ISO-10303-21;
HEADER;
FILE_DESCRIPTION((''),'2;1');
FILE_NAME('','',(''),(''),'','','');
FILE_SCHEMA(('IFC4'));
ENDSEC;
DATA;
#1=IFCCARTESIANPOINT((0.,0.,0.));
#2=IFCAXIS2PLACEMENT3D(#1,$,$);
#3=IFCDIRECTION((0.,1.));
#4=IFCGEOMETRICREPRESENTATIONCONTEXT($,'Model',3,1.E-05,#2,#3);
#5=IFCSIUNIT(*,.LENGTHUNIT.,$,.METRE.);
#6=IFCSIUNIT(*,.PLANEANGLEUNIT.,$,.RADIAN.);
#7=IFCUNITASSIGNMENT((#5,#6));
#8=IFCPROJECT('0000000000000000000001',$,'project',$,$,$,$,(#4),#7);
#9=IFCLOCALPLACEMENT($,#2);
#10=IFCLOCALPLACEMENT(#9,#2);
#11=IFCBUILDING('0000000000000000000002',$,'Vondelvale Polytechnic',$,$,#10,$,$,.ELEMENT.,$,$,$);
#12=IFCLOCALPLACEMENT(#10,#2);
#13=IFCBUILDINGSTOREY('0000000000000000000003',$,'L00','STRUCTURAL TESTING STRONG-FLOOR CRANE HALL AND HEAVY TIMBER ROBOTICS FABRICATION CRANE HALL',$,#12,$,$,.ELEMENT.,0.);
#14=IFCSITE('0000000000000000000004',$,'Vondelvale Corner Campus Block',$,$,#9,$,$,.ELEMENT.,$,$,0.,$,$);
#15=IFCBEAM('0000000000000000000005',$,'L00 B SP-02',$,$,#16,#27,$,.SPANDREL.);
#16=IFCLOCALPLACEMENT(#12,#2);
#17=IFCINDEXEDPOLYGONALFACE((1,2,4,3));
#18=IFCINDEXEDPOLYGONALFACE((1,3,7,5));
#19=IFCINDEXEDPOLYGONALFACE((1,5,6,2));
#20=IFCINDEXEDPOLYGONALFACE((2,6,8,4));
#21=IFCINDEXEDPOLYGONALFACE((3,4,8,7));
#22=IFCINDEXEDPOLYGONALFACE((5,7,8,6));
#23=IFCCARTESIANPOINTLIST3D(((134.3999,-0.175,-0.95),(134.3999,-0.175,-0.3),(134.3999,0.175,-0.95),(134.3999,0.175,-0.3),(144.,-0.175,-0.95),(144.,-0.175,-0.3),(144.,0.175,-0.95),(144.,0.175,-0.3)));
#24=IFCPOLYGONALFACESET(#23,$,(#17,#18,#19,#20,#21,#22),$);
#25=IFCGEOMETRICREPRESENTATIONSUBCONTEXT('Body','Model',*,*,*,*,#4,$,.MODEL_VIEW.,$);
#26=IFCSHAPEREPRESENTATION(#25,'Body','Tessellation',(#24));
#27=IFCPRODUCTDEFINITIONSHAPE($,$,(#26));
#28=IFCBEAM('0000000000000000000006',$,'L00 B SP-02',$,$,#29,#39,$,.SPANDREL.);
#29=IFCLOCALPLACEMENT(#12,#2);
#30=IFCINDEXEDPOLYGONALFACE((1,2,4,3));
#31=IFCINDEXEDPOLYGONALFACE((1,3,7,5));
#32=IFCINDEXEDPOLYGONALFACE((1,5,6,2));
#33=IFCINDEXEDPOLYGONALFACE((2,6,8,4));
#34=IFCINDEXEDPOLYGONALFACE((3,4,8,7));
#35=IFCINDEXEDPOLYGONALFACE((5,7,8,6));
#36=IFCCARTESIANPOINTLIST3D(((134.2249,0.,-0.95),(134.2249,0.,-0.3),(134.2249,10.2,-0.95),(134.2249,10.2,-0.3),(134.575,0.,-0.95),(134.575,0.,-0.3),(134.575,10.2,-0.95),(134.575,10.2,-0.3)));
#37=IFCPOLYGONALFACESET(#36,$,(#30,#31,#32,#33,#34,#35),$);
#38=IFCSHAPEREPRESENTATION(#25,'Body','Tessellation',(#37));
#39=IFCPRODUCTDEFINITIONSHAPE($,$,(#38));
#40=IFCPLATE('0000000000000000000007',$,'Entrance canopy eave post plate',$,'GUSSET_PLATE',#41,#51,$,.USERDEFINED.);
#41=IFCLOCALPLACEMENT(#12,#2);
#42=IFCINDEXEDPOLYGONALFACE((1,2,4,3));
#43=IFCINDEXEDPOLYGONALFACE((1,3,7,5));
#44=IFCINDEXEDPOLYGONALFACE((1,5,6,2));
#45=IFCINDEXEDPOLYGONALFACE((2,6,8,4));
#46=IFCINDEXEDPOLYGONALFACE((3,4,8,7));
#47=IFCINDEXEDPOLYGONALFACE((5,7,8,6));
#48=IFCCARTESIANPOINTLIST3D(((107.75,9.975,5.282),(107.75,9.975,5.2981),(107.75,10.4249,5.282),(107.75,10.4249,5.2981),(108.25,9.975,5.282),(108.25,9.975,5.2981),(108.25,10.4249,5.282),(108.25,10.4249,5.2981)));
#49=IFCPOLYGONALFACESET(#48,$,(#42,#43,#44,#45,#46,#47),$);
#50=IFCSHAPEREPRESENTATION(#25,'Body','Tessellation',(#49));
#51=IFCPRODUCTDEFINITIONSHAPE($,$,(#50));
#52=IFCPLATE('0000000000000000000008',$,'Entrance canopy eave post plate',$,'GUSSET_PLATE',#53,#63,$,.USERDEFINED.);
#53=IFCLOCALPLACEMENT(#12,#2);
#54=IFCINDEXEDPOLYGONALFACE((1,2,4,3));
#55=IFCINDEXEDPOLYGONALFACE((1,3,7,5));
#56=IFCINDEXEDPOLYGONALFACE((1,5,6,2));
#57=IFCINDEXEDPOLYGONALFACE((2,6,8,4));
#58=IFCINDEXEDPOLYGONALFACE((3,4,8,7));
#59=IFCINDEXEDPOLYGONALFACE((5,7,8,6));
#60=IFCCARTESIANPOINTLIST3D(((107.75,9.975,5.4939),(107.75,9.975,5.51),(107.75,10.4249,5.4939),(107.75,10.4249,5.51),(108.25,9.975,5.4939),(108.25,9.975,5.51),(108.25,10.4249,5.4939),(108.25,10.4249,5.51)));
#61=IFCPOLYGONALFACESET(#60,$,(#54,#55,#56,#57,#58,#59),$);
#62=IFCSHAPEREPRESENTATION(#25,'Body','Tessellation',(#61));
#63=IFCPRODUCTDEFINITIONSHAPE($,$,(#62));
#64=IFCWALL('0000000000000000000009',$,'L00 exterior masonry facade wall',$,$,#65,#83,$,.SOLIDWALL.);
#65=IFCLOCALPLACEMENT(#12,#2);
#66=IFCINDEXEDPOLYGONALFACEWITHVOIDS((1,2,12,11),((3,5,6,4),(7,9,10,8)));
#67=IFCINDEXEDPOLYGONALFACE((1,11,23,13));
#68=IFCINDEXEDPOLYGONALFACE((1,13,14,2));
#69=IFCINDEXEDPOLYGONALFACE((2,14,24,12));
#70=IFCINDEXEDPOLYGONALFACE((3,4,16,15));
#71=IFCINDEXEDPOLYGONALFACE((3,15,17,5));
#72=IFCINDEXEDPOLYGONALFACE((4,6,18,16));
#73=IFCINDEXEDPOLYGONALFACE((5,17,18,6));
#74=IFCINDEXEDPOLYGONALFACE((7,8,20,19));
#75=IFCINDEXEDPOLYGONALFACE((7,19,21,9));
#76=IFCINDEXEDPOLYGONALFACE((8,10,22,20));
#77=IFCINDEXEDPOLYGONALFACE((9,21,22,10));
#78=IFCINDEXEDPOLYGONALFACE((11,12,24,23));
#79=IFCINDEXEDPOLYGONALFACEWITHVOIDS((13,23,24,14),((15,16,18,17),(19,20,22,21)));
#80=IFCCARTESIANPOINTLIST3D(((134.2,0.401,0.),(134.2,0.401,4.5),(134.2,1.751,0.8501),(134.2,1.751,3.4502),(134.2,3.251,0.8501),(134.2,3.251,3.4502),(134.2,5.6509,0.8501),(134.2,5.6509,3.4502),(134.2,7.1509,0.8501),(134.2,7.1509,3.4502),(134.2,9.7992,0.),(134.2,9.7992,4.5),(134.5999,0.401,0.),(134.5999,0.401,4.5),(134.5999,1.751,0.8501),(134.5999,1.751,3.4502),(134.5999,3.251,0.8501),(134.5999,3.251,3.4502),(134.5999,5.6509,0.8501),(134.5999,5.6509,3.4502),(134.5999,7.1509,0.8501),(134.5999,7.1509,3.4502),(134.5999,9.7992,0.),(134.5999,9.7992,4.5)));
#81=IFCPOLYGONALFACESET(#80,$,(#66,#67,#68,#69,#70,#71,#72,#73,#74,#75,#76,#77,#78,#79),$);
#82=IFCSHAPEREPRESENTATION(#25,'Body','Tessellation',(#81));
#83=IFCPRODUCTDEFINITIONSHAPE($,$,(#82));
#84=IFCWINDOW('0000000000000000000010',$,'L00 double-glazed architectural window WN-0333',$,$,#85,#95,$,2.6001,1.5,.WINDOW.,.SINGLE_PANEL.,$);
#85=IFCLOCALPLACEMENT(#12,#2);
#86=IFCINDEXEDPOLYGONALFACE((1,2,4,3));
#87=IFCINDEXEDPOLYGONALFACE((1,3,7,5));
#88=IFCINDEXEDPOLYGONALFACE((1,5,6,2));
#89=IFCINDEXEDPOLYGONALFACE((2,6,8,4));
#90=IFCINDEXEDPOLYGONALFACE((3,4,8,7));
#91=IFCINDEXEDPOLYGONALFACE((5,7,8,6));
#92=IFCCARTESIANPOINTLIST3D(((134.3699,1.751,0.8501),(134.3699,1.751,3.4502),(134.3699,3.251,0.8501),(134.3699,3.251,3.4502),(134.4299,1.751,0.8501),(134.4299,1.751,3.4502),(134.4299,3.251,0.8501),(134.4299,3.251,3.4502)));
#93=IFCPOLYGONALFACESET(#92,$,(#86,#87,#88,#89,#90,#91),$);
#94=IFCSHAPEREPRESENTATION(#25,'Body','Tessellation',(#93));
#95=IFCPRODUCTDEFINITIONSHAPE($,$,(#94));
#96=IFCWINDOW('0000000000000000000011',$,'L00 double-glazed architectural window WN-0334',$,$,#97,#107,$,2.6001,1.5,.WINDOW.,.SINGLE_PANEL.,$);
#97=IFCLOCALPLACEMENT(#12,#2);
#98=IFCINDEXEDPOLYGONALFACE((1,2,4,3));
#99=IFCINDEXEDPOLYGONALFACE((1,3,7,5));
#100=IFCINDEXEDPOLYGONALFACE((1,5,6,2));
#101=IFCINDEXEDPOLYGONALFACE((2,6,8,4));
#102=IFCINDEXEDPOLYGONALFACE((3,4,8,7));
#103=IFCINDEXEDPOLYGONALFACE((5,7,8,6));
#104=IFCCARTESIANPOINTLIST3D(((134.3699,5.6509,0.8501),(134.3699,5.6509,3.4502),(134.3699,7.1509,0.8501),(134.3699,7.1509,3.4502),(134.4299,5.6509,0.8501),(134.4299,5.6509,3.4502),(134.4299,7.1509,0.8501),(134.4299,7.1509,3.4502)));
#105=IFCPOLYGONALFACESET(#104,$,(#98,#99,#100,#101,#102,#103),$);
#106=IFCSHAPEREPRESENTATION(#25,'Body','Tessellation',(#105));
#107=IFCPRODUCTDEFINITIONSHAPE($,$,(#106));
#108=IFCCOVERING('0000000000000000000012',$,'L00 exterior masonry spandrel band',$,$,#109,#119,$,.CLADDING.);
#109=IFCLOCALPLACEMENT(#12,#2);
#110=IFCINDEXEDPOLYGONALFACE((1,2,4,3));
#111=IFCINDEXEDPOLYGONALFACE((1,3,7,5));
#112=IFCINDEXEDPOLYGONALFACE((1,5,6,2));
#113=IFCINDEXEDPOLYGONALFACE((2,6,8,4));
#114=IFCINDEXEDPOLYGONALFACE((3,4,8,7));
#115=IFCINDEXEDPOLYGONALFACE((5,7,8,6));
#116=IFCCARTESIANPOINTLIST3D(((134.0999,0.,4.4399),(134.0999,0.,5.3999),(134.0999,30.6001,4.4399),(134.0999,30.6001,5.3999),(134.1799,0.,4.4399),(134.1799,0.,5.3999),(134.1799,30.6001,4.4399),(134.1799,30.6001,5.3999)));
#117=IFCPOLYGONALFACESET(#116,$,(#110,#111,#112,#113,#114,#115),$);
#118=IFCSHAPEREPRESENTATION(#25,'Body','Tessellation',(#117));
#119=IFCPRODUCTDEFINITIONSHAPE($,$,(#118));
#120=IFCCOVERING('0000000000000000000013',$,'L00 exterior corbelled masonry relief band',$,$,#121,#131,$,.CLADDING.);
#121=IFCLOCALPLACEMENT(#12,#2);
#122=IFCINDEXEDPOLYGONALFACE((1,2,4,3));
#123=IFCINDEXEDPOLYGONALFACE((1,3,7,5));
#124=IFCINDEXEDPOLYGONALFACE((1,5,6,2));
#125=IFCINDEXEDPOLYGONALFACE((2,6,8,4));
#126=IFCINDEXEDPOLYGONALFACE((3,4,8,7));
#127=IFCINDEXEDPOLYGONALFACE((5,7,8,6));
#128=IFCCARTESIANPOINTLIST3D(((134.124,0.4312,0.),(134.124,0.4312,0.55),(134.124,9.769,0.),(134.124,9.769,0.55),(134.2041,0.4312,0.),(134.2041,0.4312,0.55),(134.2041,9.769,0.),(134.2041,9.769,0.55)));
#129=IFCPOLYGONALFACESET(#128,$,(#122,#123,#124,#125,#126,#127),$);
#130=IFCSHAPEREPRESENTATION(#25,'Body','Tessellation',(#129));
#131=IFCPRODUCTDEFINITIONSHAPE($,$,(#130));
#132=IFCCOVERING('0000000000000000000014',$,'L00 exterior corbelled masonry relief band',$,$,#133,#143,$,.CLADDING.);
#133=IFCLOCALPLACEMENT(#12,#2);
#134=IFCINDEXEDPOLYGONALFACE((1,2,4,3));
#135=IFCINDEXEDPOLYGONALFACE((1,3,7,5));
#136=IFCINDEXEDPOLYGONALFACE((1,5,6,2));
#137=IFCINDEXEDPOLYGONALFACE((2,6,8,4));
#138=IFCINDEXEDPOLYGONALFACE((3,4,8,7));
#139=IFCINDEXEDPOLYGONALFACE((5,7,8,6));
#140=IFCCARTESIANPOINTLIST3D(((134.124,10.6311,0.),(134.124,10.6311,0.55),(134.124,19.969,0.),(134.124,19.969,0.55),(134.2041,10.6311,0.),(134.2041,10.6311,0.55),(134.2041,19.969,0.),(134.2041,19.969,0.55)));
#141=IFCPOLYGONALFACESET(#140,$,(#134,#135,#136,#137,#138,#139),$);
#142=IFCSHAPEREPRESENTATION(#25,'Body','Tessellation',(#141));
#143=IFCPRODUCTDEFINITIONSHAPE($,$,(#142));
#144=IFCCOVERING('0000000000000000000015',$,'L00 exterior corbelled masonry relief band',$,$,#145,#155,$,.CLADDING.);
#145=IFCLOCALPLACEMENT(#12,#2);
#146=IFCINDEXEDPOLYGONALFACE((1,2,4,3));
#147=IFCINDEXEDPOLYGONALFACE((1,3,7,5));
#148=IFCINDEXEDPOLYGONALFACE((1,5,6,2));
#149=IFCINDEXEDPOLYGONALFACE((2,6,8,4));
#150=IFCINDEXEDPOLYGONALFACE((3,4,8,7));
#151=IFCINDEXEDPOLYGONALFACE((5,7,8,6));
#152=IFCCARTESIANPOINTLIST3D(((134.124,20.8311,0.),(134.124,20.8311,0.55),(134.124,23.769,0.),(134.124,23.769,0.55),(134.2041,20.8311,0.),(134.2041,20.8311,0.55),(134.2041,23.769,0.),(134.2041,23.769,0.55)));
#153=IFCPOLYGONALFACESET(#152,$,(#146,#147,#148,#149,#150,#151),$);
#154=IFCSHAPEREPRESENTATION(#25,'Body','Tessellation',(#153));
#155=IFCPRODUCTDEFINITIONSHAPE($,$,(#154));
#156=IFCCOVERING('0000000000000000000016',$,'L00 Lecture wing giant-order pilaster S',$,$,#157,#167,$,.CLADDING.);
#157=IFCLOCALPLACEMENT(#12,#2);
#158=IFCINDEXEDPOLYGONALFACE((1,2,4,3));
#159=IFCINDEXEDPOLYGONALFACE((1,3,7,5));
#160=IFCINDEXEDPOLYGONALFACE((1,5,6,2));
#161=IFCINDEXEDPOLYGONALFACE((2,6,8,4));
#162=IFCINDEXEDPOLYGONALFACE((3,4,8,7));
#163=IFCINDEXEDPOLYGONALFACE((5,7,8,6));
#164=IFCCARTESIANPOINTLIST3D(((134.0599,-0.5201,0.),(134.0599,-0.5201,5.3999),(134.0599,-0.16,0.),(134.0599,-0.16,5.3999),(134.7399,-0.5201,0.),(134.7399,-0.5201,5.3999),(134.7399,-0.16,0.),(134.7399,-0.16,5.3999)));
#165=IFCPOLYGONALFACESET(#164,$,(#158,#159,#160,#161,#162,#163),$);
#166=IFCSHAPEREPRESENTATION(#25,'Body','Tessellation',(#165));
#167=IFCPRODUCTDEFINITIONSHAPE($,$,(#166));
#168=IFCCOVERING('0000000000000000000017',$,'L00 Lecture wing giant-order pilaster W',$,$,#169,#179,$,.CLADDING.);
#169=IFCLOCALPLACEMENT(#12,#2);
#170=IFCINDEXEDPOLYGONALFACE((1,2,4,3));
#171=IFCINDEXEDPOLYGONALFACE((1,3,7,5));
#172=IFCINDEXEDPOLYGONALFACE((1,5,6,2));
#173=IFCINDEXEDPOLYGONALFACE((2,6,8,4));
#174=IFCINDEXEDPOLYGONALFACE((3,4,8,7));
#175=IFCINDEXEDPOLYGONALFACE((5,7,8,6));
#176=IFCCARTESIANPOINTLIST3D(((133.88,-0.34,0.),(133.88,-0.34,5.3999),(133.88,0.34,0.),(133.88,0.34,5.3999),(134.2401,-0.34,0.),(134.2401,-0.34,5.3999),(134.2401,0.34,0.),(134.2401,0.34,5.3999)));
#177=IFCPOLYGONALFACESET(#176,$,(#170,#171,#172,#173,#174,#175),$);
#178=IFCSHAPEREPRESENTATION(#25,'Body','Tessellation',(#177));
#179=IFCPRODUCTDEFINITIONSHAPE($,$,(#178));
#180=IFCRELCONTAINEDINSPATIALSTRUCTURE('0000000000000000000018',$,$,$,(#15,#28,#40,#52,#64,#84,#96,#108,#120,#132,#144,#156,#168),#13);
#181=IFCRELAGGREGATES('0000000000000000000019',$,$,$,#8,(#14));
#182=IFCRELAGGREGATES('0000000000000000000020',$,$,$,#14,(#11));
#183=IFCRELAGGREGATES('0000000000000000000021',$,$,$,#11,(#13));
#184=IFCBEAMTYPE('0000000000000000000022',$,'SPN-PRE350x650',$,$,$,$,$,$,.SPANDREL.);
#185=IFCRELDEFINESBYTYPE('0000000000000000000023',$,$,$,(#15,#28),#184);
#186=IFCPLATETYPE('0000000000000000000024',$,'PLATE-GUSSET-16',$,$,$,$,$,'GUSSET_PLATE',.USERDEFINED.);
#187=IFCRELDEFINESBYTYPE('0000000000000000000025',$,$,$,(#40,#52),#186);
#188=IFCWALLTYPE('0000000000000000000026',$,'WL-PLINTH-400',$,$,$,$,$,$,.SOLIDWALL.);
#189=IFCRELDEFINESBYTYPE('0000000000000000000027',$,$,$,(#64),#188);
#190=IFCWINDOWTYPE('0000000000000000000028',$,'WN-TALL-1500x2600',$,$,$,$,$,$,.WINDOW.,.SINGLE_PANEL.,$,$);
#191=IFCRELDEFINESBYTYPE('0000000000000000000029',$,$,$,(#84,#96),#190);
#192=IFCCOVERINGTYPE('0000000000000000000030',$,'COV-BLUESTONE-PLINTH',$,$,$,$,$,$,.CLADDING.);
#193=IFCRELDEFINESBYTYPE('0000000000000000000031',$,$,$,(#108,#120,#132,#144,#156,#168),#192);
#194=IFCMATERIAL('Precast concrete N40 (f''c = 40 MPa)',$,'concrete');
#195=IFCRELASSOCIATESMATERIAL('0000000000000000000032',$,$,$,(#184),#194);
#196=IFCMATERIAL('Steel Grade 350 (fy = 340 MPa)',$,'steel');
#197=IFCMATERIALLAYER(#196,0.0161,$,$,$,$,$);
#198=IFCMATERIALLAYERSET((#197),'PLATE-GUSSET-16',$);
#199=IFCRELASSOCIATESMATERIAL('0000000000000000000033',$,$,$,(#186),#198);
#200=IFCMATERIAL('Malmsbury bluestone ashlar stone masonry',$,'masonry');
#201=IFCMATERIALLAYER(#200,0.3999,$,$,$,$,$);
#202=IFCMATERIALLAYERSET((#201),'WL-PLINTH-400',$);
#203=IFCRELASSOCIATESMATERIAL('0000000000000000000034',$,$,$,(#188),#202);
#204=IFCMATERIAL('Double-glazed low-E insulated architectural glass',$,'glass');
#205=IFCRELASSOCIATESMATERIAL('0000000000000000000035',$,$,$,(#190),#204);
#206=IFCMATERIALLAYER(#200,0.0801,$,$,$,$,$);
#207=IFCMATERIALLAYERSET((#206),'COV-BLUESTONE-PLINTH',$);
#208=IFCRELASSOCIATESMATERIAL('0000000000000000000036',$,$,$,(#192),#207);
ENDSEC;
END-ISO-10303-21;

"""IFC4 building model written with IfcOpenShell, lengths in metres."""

from ifc_helpers import new_model, si_unit, direction, frame, frame_2d, origin, origin_2d, place, context, subcontext, project, spatial, rectangle, extrude, material, layer, layer_set, material_profile, profile_set, type_object, element, fill, save


model = new_model("IFC4")

# Units and contexts
model_context = context("Model", 3, precision=1e-05, world=origin(), true_north=direction((0.0, 1.0)))
body_context = subcontext(model_context, "Body", "Model", "MODEL_VIEW")
ifc_project = project(units=[si_unit("LENGTHUNIT", "METRE"), si_unit("PLANEANGLEUNIT", "RADIAN")], contexts=[model_context])

# Site, building, storey
site_placement = place(None, origin())
site = spatial("IfcSite", under=ifc_project, at=site_placement, Name="Vondelvale Corner Campus Block", CompositionType="ELEMENT", RefElevation=0.0)
building_placement = place(site_placement, origin())
building = spatial("IfcBuilding", under=site, at=building_placement, Name="Vondelvale Polytechnic", CompositionType="ELEMENT")
storey_placement = place(building_placement, origin())
storey = spatial("IfcBuildingStorey", under=building, at=storey_placement, Name="L00", Description="STRUCTURAL TESTING STRONG-FLOOR CRANE HALL AND HEAVY TIMBER ROBOTICS FABRICATION CRANE HALL", CompositionType="ELEMENT", Elevation=0.0)

# Beams
ifc_material_1 = material(Name="Precast concrete N40 (f'c = 40 MPa)", Category="concrete")
ifc_material_profile_1 = material_profile(ifc_material_1, rectangle(XDim=0.3501, YDim=0.6499, at=origin_2d()), Name="RC-SPN-350x650")
ifc_profile_set_1 = profile_set([ifc_material_profile_1], Name="Precast concrete N40 (f'c = 40 MPa)")
beam_type_1 = type_object("IfcBeamType", Name="SPN-PRE350x650", PredefinedType="SPANDREL", material=ifc_profile_set_1)
beam_1_placement = place(storey_placement, frame((134.3999, 0.0, -0.625), z_axis=(1.0, 0.0, 0.0), x_axis=(0.0, 1.0, 0.0)))
element("IfcBeam", 1, at=beam_1_placement, inside=storey, type_object=beam_type_1, Name="L00 B SP-02", PredefinedType="SPANDREL", context=body_context, shape_type="SweptSolid", body=[
    extrude(rectangle(XDim=0.3501, YDim=0.6499, at=origin_2d()), origin(), (0.0, 0.0, 1.0), 9.6001),
])
beam_2_placement = place(storey_placement, frame((134.3999, 0.0, -0.625), z_axis=(0.0, 1.0, 0.0), x_axis=(-1.0, 0.0, 0.0)))
element("IfcBeam", 2, at=beam_2_placement, inside=storey, type_object=beam_type_1, Name="L00 B SP-02", PredefinedType="SPANDREL", context=body_context, shape_type="SweptSolid", body=[
    extrude(rectangle(XDim=0.3501, YDim=0.6499, at=origin_2d()), origin(), (0.0, 0.0, 1.0), 10.2),
])

# Plates
ifc_material_2 = material(Name="Steel Grade 350 (fy = 340 MPa)", Category="steel")
ifc_layer_1 = layer(ifc_material_2, 0.0161)
ifc_layer_set_1 = layer_set([ifc_layer_1], Name="PLATE-GUSSET-16")
plate_type = type_object("IfcPlateType", Name="PLATE-GUSSET-16", ElementType="GUSSET_PLATE", PredefinedType="USERDEFINED", material=ifc_layer_set_1)
for number, where, z_axis, x_axis, name in (
    (3, (108.0, 10.2, 5.282), (0.0, 0.0, 1.0), (1.0, 0.0, 0.0), "Entrance canopy eave post plate"),
    (4, (108.0, 10.2, 5.4939), (0.0, 0.0, 1.0), (1.0, 0.0, 0.0), "Entrance canopy eave post plate"),
):
    element("IfcPlate", number, at=place(storey_placement, frame(where, z_axis=z_axis, x_axis=x_axis)), inside=storey, type_object=plate_type, Name=name, ObjectType="GUSSET_PLATE", PredefinedType="USERDEFINED", context=body_context, shape_type="SweptSolid", body=[
        extrude(rectangle(XDim=0.5, YDim=0.45, at=origin_2d()), origin(), (0.0, 0.0, 1.0), 0.0161),
    ])

# Wall, openings, windows
ifc_material_3 = material(Name="Malmsbury bluestone ashlar stone masonry", Category="masonry")
ifc_layer_2 = layer(ifc_material_3, 0.3999)
ifc_layer_set_2 = layer_set([ifc_layer_2], Name="WL-PLINTH-400")
wall_type = type_object("IfcWallType", Name="WL-PLINTH-400", PredefinedType="SOLIDWALL", material=ifc_layer_set_2)
wall_placement = place(storey_placement, frame((134.3999, 0.4009, 0.0), z_axis=(0.0, 0.0, 1.0), x_axis=(0.0, 1.0, 0.0)))
wall = element("IfcWall", 5, at=wall_placement, inside=storey, type_object=wall_type, Name="L00 exterior masonry facade wall", PredefinedType="SOLIDWALL", context=body_context, shape_type="SweptSolid", body=[
    extrude(rectangle(XDim=9.3982, YDim=0.3999, at=frame_2d((4.6992, 0.0))), origin(), (0.0, 0.0, 1.0), 4.5),
])
opening_1_placement = place(wall_placement, frame((1.3501, 0.0, 0.8501)))
opening_1 = element("IfcOpeningElement", 6, at=opening_1_placement, cuts=wall, PredefinedType="OPENING", context=body_context, shape_type="SweptSolid", body=[
    extrude(rectangle(XDim=1.5, YDim=2.6001, at=frame_2d((0.75, 1.3))), frame((0.0, 0.21, 0.0), z_axis=(0.0, -1.0, 0.0), x_axis=(1.0, 0.0, 0.0)), (0.0, 0.0, 1.0), 0.4199),
])
opening_2_placement = place(wall_placement, frame((5.25, 0.0, 0.8501)))
opening_2 = element("IfcOpeningElement", 7, at=opening_2_placement, cuts=wall, PredefinedType="OPENING", context=body_context, shape_type="SweptSolid", body=[
    extrude(rectangle(XDim=1.5, YDim=2.6001, at=frame_2d((0.75, 1.3))), frame((0.0, 0.21, 0.0), z_axis=(0.0, -1.0, 0.0), x_axis=(1.0, 0.0, 0.0)), (0.0, 0.0, 1.0), 0.4199),
])
ifc_material_4 = material(Name="Double-glazed low-E insulated architectural glass", Category="glass")
window_type = type_object("IfcWindowType", Name="WN-TALL-1500x2600", PartitioningType="SINGLE_PANEL", PredefinedType="WINDOW", material=ifc_material_4)
window_1_placement = place(opening_1_placement, origin())
window_1 = element("IfcWindow", 8, at=window_1_placement, inside=storey, type_object=window_type, Name="L00 double-glazed architectural window WN-0333", OverallHeight=2.6001, OverallWidth=1.5, PartitioningType="SINGLE_PANEL", PredefinedType="WINDOW", context=body_context, shape_type="SweptSolid", body=[
    extrude(rectangle(XDim=1.5, YDim=2.6001, at=frame_2d((0.75, 1.3))), frame((0.0, 0.03, 0.0), z_axis=(0.0, -1.0, 0.0), x_axis=(1.0, 0.0, 0.0)), (0.0, 0.0, 1.0), 0.0601),
])
fill(opening_1, window_1)
window_2_placement = place(opening_2_placement, origin())
window_2 = element("IfcWindow", 9, at=window_2_placement, inside=storey, type_object=window_type, Name="L00 double-glazed architectural window WN-0334", OverallHeight=2.6001, OverallWidth=1.5, PartitioningType="SINGLE_PANEL", PredefinedType="WINDOW", context=body_context, shape_type="SweptSolid", body=[
    extrude(rectangle(XDim=1.5, YDim=2.6001, at=frame_2d((0.75, 1.3))), frame((0.0, 0.03, 0.0), z_axis=(0.0, -1.0, 0.0), x_axis=(1.0, 0.0, 0.0)), (0.0, 0.0, 1.0), 0.0601),
])
fill(opening_2, window_2)

# Coverings
ifc_layer_3 = layer(ifc_material_3, 0.0801)
ifc_layer_set_3 = layer_set([ifc_layer_3], Name="COV-BLUESTONE-PLINTH")
covering_type = type_object("IfcCoveringType", Name="COV-BLUESTONE-PLINTH", PredefinedType="CLADDING", material=ifc_layer_set_3)
covering_1_placement = place(storey_placement, frame((134.1399, 15.3, 4.4399), z_axis=(0.0, 0.0, 1.0), x_axis=(0.0, 1.0, 0.0)))
element("IfcCovering", 10, at=covering_1_placement, inside=storey, type_object=covering_type, Name="L00 exterior masonry spandrel band", PredefinedType="CLADDING", context=body_context, shape_type="SweptSolid", body=[
    extrude(rectangle(XDim=30.6001, YDim=0.0801, at=origin_2d()), origin(), (0.0, 0.0, 1.0), 0.96),
])
for number, where, z_axis, x_axis, name in (
    (11, (134.1641, 5.1001, 0.0), (0.0, 0.0, 1.0), (0.0, 1.0, 0.0), "L00 exterior corbelled masonry relief band"),
    (12, (134.1641, 15.3, 0.0), (0.0, 0.0, 1.0), (0.0, 1.0, 0.0), "L00 exterior corbelled masonry relief band"),
):
    element("IfcCovering", number, at=place(storey_placement, frame(where, z_axis=z_axis, x_axis=x_axis)), inside=storey, type_object=covering_type, Name=name, PredefinedType="CLADDING", context=body_context, shape_type="SweptSolid", body=[
        extrude(rectangle(XDim=9.3379, YDim=0.0801, at=origin_2d()), origin(), (0.0, 0.0, 1.0), 0.55),
    ])
covering_2_placement = place(storey_placement, frame((134.1641, 22.3, 0.0), z_axis=(0.0, 0.0, 1.0), x_axis=(0.0, 1.0, 0.0)))
element("IfcCovering", 13, at=covering_2_placement, inside=storey, type_object=covering_type, Name="L00 exterior corbelled masonry relief band", PredefinedType="CLADDING", context=body_context, shape_type="SweptSolid", body=[
    extrude(rectangle(XDim=2.938, YDim=0.0801, at=origin_2d()), origin(), (0.0, 0.0, 1.0), 0.55),
])
covering_3_placement = place(storey_placement, frame((134.3999, -0.3401, 0.0), z_axis=(0.0, 0.0, 1.0), x_axis=(1.0, 0.0, 0.0)))
element("IfcCovering", 14, at=covering_3_placement, inside=storey, type_object=covering_type, Name="L00 Lecture wing giant-order pilaster S", PredefinedType="CLADDING", context=body_context, shape_type="SweptSolid", body=[
    extrude(rectangle(XDim=0.6799, YDim=0.3601, at=origin_2d()), origin(), (0.0, 0.0, 1.0), 5.3999),
])
for number, where, z_axis, x_axis, name in (
    (15, (134.0601, 0.0, 0.0), (0.0, 0.0, 1.0), (1.0, 0.0, 0.0), "L00 Lecture wing giant-order pilaster W"),
):
    element("IfcCovering", number, at=place(storey_placement, frame(where, z_axis=z_axis, x_axis=x_axis)), inside=storey, type_object=covering_type, Name=name, PredefinedType="CLADDING", context=body_context, shape_type="SweptSolid", body=[
        extrude(rectangle(XDim=0.3601, YDim=0.6799, at=origin_2d()), origin(), (0.0, 0.0, 1.0), 5.3999),
    ])

save(model, "model.ifc")
